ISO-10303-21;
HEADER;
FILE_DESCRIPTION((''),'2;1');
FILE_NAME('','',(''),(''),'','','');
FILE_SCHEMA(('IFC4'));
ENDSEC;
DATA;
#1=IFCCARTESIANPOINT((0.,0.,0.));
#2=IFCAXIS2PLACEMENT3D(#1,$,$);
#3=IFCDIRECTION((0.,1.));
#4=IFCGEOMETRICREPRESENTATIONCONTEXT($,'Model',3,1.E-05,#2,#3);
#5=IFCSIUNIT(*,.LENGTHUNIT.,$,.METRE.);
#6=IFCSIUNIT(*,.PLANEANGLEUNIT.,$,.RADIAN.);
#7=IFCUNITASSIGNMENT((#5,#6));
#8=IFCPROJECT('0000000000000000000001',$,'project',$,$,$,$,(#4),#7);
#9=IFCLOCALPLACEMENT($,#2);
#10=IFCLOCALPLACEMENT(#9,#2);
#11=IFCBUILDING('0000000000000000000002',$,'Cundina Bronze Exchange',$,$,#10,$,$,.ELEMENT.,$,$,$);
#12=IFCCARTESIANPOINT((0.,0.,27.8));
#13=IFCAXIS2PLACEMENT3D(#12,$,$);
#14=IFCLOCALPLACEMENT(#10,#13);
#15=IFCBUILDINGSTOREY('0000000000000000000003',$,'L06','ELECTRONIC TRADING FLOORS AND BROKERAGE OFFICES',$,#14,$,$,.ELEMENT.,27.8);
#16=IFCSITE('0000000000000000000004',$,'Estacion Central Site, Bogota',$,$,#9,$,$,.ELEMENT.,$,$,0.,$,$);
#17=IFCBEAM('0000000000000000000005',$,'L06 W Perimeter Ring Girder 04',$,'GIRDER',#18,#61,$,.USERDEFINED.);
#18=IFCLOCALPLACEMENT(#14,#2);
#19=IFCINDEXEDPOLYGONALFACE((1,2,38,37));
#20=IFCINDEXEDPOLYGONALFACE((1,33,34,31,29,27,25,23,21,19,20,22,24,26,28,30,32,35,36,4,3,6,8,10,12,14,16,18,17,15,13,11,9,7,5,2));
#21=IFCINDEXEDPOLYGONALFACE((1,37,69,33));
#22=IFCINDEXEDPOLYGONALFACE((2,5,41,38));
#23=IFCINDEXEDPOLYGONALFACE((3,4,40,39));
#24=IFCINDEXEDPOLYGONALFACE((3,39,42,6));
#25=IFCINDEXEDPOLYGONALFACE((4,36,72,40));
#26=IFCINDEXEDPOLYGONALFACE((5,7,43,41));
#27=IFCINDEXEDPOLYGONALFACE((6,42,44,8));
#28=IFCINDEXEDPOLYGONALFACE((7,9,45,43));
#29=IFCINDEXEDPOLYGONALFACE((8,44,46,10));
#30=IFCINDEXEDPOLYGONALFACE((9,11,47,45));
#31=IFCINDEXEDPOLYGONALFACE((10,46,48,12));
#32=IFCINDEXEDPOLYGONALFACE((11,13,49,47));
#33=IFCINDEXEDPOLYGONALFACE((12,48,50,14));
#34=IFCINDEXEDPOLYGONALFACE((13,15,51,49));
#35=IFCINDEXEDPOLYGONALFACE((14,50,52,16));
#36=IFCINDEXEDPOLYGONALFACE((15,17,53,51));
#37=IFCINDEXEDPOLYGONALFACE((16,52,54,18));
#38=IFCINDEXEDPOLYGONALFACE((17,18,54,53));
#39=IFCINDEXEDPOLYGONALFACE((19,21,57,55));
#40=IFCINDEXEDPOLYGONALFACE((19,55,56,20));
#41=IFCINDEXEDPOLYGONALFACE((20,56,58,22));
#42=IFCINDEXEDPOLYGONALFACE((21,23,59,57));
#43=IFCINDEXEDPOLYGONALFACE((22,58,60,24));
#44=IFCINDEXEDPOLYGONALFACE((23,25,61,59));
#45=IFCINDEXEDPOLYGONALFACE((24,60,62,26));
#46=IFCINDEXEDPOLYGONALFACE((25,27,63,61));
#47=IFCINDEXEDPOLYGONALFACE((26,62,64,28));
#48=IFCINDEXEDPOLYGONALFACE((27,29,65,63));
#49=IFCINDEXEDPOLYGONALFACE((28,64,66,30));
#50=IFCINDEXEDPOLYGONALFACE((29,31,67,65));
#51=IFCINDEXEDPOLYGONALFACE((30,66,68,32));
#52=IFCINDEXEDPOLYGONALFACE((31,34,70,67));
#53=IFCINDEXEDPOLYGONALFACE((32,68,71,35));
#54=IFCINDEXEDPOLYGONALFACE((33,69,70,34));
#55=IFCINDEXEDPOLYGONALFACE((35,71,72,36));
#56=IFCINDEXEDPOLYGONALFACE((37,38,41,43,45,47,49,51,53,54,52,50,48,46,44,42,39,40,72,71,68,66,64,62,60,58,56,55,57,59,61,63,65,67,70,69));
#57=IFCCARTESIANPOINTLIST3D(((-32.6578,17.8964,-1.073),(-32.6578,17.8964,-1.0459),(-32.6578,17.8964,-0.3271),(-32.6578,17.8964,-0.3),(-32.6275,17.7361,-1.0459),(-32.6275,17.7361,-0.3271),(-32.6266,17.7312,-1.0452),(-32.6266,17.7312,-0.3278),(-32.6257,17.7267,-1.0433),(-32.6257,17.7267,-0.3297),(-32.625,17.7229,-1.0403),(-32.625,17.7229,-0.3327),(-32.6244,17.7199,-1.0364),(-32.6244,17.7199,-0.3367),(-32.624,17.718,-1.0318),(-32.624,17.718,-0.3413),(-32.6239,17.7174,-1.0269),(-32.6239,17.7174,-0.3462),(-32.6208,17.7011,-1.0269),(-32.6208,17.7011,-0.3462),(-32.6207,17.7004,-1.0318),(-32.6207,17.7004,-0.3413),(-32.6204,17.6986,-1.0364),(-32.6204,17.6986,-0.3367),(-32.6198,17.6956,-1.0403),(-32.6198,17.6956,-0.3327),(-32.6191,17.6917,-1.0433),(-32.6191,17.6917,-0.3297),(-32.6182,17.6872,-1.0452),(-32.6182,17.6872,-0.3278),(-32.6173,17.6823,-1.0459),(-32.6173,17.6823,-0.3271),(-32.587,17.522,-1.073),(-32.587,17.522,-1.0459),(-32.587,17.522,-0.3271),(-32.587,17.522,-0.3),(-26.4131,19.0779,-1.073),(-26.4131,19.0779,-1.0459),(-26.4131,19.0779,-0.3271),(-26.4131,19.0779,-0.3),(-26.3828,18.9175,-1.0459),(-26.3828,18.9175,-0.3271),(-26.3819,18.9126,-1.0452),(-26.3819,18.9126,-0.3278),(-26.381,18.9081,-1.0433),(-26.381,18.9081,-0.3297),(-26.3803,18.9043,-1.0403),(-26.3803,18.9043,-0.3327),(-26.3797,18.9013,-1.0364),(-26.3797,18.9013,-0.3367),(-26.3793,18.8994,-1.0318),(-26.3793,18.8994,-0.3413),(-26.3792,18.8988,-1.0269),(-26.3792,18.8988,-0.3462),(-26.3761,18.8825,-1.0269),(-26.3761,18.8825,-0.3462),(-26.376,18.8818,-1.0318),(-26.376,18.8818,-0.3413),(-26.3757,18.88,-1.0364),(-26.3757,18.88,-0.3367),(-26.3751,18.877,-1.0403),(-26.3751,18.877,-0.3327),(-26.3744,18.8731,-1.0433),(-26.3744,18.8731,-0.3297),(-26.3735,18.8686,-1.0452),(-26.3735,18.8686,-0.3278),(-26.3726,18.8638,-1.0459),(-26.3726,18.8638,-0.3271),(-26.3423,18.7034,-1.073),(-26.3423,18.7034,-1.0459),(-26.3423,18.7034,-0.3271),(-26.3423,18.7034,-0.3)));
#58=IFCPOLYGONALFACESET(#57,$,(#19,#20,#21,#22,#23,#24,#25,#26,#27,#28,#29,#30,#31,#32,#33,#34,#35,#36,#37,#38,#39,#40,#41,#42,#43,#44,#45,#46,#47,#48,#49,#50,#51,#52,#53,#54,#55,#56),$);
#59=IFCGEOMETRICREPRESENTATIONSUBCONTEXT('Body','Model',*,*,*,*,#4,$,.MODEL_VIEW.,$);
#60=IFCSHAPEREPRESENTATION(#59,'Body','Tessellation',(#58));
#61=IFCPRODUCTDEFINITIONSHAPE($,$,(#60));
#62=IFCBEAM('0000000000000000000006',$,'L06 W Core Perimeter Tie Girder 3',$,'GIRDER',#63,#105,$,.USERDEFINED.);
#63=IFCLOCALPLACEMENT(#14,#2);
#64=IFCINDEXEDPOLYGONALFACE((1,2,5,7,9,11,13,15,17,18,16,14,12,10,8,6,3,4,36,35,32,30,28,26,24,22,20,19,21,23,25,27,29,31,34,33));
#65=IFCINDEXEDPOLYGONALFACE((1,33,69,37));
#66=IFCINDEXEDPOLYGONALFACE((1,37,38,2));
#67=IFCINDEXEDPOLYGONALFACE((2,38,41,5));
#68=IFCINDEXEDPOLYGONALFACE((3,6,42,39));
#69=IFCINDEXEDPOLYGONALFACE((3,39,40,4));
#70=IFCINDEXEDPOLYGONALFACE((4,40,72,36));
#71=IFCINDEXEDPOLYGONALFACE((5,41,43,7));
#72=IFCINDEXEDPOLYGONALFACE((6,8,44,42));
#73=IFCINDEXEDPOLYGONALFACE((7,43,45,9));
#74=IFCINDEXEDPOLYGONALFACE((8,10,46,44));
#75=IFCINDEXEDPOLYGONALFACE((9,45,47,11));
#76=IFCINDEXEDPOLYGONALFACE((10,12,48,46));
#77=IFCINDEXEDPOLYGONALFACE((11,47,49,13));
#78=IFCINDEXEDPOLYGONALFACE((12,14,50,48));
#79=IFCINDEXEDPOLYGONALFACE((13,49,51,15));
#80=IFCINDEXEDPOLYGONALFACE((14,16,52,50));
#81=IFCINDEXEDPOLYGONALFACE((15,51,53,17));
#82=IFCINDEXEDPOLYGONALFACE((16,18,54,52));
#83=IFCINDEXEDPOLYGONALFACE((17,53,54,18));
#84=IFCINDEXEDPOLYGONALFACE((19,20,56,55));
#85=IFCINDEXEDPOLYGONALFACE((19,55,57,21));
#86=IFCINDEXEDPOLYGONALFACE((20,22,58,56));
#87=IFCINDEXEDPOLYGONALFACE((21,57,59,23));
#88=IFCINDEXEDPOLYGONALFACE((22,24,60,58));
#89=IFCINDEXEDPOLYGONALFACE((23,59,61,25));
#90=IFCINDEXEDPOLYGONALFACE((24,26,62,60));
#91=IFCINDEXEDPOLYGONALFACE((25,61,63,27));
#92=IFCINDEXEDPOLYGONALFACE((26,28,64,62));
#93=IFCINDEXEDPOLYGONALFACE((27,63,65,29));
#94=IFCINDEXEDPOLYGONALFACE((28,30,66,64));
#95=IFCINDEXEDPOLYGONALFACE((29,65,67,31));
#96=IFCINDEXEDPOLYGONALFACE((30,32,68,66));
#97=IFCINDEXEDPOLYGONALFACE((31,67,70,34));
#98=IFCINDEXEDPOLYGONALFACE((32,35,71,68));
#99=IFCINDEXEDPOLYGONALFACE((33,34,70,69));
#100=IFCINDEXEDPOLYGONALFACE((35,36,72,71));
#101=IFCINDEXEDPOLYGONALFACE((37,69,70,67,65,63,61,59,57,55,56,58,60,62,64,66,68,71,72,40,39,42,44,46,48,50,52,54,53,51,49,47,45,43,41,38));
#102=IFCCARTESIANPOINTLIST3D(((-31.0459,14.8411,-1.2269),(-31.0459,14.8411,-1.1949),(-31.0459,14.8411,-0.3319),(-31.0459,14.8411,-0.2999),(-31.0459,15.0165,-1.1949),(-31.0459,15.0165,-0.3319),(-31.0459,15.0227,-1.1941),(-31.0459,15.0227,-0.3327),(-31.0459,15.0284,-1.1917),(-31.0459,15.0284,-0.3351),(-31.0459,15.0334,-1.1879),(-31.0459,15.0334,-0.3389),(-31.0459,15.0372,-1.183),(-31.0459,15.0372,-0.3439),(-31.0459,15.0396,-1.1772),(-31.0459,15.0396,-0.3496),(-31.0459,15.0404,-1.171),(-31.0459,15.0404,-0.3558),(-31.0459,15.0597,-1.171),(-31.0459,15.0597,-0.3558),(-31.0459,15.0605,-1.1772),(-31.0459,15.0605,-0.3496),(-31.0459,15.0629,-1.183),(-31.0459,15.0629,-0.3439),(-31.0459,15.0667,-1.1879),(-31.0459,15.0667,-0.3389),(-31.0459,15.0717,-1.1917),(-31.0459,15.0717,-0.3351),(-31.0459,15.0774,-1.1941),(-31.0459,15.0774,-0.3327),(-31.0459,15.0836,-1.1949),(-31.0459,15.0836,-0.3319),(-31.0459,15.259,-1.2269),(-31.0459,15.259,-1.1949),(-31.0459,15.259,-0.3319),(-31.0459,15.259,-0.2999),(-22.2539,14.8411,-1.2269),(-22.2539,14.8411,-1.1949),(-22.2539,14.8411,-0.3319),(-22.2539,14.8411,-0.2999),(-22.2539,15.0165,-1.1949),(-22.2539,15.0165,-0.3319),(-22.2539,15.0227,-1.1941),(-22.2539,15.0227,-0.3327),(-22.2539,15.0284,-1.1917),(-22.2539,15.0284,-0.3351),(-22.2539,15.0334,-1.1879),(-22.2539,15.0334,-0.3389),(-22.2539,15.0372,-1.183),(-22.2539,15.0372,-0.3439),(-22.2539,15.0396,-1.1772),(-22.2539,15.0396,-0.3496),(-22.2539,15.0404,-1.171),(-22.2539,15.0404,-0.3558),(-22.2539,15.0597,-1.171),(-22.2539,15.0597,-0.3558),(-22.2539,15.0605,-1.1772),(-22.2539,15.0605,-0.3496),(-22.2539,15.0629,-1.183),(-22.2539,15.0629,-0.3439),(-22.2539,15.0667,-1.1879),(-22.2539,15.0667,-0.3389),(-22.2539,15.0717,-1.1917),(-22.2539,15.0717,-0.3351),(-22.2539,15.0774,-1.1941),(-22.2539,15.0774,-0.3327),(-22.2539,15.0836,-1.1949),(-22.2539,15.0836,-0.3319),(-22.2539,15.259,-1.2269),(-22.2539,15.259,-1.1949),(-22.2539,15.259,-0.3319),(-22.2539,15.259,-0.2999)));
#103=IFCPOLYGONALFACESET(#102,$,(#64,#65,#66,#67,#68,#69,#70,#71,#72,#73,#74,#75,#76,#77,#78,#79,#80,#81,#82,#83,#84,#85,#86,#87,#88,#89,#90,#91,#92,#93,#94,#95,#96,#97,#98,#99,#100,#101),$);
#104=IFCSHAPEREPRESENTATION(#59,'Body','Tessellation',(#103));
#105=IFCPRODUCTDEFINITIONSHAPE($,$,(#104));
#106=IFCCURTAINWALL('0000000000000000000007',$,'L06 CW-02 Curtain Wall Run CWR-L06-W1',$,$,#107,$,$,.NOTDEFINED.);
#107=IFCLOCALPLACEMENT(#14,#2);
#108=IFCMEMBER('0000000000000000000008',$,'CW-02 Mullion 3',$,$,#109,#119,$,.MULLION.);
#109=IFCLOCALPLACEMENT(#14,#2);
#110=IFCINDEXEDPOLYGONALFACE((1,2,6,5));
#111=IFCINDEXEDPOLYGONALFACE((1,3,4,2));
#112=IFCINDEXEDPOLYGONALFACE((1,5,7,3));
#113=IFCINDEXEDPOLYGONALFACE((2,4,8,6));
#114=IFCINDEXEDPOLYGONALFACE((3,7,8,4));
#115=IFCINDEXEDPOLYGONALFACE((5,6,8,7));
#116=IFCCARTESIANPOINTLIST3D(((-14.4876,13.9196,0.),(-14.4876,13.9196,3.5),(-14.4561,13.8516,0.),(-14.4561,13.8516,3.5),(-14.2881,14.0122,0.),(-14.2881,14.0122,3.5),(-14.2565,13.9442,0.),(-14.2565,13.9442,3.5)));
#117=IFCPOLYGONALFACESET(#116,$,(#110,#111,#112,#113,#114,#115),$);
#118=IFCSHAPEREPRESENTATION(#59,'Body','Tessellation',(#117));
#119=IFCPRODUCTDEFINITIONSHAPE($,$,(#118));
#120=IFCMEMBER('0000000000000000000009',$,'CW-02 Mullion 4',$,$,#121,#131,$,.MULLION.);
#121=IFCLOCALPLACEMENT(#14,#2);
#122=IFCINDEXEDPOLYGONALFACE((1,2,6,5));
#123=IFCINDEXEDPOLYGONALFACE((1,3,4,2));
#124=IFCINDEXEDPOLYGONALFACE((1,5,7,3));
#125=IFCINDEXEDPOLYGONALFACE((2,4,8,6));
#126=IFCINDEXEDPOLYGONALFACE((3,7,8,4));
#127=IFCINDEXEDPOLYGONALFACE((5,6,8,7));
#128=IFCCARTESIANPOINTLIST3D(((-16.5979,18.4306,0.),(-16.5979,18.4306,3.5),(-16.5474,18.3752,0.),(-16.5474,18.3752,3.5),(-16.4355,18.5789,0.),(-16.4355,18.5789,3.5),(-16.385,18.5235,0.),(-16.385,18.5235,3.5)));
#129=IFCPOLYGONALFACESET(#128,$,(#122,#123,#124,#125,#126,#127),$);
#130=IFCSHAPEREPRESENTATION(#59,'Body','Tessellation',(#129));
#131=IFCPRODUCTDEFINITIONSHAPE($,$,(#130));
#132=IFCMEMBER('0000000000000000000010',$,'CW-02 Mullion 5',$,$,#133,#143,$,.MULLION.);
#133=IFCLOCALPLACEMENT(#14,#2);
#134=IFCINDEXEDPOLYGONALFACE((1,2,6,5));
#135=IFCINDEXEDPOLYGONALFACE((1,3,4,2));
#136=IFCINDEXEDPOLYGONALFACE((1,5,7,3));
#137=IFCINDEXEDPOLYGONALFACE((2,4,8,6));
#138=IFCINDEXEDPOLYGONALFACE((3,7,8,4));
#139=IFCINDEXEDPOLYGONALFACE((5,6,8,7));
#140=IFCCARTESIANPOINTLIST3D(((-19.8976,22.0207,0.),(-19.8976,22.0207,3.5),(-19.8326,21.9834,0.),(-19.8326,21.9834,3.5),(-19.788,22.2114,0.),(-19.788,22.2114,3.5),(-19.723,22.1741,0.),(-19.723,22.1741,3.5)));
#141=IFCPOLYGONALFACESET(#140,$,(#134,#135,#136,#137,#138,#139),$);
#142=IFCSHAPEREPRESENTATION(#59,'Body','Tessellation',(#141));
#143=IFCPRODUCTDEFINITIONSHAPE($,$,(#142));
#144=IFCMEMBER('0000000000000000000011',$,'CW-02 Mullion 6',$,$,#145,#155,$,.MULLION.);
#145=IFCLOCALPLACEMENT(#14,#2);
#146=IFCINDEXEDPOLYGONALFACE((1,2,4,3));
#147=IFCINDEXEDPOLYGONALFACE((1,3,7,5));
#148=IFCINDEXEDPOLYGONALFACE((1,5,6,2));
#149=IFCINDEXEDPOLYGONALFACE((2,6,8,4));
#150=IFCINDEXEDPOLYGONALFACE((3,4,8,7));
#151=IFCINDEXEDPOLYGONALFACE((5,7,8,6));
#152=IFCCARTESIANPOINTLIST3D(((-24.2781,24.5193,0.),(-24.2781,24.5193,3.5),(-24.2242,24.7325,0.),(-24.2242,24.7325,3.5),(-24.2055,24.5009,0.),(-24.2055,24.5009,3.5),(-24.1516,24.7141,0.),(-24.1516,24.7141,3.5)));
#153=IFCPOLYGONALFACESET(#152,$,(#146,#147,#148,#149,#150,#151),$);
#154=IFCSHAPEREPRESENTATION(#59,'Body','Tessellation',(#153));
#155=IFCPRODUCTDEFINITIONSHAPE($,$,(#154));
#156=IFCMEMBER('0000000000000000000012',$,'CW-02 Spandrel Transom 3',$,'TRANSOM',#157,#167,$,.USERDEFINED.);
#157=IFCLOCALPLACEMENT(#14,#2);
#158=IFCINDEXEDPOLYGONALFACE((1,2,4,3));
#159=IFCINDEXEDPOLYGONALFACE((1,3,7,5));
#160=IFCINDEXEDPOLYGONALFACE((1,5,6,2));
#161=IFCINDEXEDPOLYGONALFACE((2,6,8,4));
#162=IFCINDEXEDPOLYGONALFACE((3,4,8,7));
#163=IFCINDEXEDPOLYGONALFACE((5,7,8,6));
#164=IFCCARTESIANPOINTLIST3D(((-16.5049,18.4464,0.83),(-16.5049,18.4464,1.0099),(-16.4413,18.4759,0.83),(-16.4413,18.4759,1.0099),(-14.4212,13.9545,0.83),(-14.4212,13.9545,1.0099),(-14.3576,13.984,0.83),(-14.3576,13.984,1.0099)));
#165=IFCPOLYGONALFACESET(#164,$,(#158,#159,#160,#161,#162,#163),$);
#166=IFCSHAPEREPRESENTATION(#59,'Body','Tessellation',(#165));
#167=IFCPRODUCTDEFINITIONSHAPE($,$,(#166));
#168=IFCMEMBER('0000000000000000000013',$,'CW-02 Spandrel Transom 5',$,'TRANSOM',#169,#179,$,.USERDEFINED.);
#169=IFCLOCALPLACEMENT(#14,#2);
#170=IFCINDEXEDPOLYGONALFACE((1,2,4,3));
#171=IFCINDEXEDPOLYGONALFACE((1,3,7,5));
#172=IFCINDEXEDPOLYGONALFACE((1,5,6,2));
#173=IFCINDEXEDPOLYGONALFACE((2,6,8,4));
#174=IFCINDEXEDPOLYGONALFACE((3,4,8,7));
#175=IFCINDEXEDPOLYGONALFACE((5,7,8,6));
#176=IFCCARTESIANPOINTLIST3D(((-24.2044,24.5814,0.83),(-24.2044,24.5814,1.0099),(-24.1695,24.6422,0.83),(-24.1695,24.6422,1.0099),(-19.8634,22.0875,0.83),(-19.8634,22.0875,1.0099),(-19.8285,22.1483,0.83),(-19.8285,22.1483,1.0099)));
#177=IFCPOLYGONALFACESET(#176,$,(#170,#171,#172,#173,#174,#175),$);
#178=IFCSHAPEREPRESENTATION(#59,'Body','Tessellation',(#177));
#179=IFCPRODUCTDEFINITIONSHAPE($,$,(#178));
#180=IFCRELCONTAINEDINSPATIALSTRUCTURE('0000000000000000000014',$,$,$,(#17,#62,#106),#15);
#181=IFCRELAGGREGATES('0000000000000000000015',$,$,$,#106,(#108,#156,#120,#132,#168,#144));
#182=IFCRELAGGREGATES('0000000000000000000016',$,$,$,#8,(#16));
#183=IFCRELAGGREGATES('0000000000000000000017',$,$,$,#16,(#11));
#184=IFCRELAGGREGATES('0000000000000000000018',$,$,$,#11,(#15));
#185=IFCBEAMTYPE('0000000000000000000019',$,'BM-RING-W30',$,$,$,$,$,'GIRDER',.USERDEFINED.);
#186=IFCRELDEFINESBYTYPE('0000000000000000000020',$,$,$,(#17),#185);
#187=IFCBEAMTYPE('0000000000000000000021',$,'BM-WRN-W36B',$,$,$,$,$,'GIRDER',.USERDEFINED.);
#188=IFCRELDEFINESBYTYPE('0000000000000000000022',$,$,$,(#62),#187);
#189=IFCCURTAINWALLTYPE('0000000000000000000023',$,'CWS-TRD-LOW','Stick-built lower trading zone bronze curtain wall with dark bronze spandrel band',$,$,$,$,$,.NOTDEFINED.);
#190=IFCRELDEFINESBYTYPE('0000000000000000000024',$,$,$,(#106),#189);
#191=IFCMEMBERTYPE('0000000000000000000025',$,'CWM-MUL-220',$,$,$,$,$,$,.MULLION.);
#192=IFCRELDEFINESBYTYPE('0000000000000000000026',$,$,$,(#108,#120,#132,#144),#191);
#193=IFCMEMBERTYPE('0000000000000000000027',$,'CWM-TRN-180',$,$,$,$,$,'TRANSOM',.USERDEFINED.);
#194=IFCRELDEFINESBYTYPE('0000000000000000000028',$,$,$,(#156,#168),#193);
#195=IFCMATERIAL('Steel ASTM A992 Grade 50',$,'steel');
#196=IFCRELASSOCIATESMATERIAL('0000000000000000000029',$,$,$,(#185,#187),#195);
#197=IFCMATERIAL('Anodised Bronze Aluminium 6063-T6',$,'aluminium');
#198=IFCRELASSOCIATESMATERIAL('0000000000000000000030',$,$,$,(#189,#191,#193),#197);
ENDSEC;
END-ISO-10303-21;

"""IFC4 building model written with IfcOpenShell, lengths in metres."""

from ifc_helpers import new_model, si_unit, direction, frame, origin, origin_2d, place, context, subcontext, project, spatial, rectangle, i_section, extrude, material, material_profile, profile_set, type_object, element, aggregate, save


model = new_model("IFC4")

# Units and contexts
model_context = context("Model", 3, precision=1e-05, world=origin(), true_north=direction((0.0, 1.0)))
body_context = subcontext(model_context, "Body", "Model", "MODEL_VIEW")
ifc_project = project(units=[si_unit("LENGTHUNIT", "METRE"), si_unit("PLANEANGLEUNIT", "RADIAN")], contexts=[model_context])

# Site, building, storey
site_placement = place(None, origin())
site = spatial("IfcSite", under=ifc_project, at=site_placement, Name="Estacion Central Site, Bogota", CompositionType="ELEMENT", RefElevation=0.0)
building_placement = place(site_placement, origin())
building = spatial("IfcBuilding", under=site, at=building_placement, Name="Cundina Bronze Exchange", CompositionType="ELEMENT")
storey_placement = place(building_placement, frame((0.0, 0.0, 27.8)))
storey = spatial("IfcBuildingStorey", under=building, at=storey_placement, Name="L06", Description="ELECTRONIC TRADING FLOORS AND BROKERAGE OFFICES", CompositionType="ELEMENT", Elevation=27.8)

# Shared definitions
ifc_material_1 = material(Name="Steel ASTM A992 Grade 50", Category="steel")

# Beams
ifc_material_profile_1 = material_profile(ifc_material_1, i_section(OverallWidth=0.3811, OverallDepth=0.7729, WebThickness=0.0166, FlangeThickness=0.0271, FilletRadius=0.019, at=origin_2d()), Name="W30X173", Category="steel")
ifc_profile_set_1 = profile_set([ifc_material_profile_1], Name="Steel ASTM A992 Grade 50")
beam_type_1 = type_object("IfcBeamType", Name="BM-RING-W30", ElementType="GIRDER", PredefinedType="USERDEFINED", material=ifc_profile_set_1)
beam_1_placement = place(storey_placement, frame((-26.3777, 18.8906, -0.6865), z_axis=(-0.982571, -0.185889, 0.0), x_axis=(0.185889, -0.982571, 0.0)))
element("IfcBeam", 1, at=beam_1_placement, inside=storey, type_object=beam_type_1, Name="L06 W Perimeter Ring Girder 04", ObjectType="GIRDER", PredefinedType="USERDEFINED", context=body_context, shape_type="SweptSolid", body=[
    extrude(i_section(OverallWidth=0.3811, OverallDepth=0.7729, WebThickness=0.0166, FlangeThickness=0.0271, FilletRadius=0.019, at=origin_2d()), origin(), (0.0, 0.0, 1.0), 6.3555),
])
ifc_material_profile_2 = material_profile(ifc_material_1, i_section(OverallWidth=0.418, OverallDepth=0.927, WebThickness=0.0193, FlangeThickness=0.032, FilletRadius=0.0239, at=origin_2d()), Name="W36X231", Category="steel")
ifc_profile_set_2 = profile_set([ifc_material_profile_2], Name="Steel ASTM A992 Grade 50")
beam_type_2 = type_object("IfcBeamType", Name="BM-WRN-W36B", ElementType="GIRDER", PredefinedType="USERDEFINED", material=ifc_profile_set_2)
beam_2_placement = place(storey_placement, frame((-22.2539, 15.05, -0.7634), z_axis=(-1.0, 0.0, 0.0), x_axis=(0.0, -1.0, 0.0)))
element("IfcBeam", 2, at=beam_2_placement, inside=storey, type_object=beam_type_2, Name="L06 W Core Perimeter Tie Girder 3", ObjectType="GIRDER", PredefinedType="USERDEFINED", context=body_context, shape_type="SweptSolid", body=[
    extrude(i_section(OverallWidth=0.418, OverallDepth=0.927, WebThickness=0.0193, FlangeThickness=0.032, FilletRadius=0.0239, at=origin_2d()), origin(), (0.0, 0.0, 1.0), 8.792),
])

# Curtain wall, members
ifc_material_2 = material(Name="Anodised Bronze Aluminium 6063-T6", Category="aluminium")
curtain_wall_type = type_object("IfcCurtainWallType", Name="CWS-TRD-LOW", Description="Stick-built lower trading zone bronze curtain wall with dark bronze spandrel band", PredefinedType="NOTDEFINED", material=ifc_material_2)
curtain_wall_placement = place(storey_placement, origin())
curtain_wall = element("IfcCurtainWall", 3, at=curtain_wall_placement, inside=storey, type_object=curtain_wall_type, Name="L06 CW-02 Curtain Wall Run CWR-L06-W1", PredefinedType="NOTDEFINED")
ifc_material_profile_3 = material_profile(ifc_material_2, rectangle(XDim=0.075, YDim=0.22, at=origin_2d()), Name="AL75X220", Category="aluminium")
ifc_profile_set_3 = profile_set([ifc_material_profile_3], Name="Anodised Bronze Aluminium 6063-T6")
member_type_1 = type_object("IfcMemberType", Name="CWM-MUL-220", PredefinedType="MULLION", material=ifc_profile_set_3)
member_1_placement = place(storey_placement, frame((-14.3721, 13.9319, 0.0), z_axis=(0.0, 0.0, 1.0), x_axis=(-0.420877, 0.907117, 0.0)))
member_1 = element("IfcMember", 4, at=member_1_placement, type_object=member_type_1, Name="CW-02 Mullion 3", PredefinedType="MULLION", context=body_context, shape_type="SweptSolid", body=[
    extrude(rectangle(XDim=0.075, YDim=0.22, at=origin_2d()), origin(), (0.0, 0.0, 1.0), 3.5),
])
member_2_placement = place(storey_placement, frame((-16.4915, 18.4771, 0.0), z_axis=(0.0, 0.0, 1.0), x_axis=(-0.674302, 0.738455, 0.0)))
member_2 = element("IfcMember", 5, at=member_2_placement, type_object=member_type_1, Name="CW-02 Mullion 4", PredefinedType="MULLION", context=body_context, shape_type="SweptSolid", body=[
    extrude(rectangle(XDim=0.075, YDim=0.22, at=origin_2d()), origin(), (0.0, 0.0, 1.0), 3.5),
])
member_3_placement = place(storey_placement, frame((-19.8103, 22.0974, 0.0), z_axis=(0.0, 0.0, 1.0), x_axis=(-0.867071, 0.498185, 0.0)))
member_3 = element("IfcMember", 6, at=member_3_placement, type_object=member_type_1, Name="CW-02 Mullion 5", PredefinedType="MULLION", context=body_context, shape_type="SweptSolid", body=[
    extrude(rectangle(XDim=0.075, YDim=0.22, at=origin_2d()), origin(), (0.0, 0.0, 1.0), 3.5),
])
member_4_placement = place(storey_placement, frame((-24.2148, 24.6167, 0.0), z_axis=(0.0, 0.0, 1.0), x_axis=(-0.969488, 0.245138, 0.0)))
member_4 = element("IfcMember", 7, at=member_4_placement, type_object=member_type_1, Name="CW-02 Mullion 6", PredefinedType="MULLION", context=body_context, shape_type="SweptSolid", body=[
    extrude(rectangle(XDim=0.075, YDim=0.22, at=origin_2d()), origin(), (0.0, 0.0, 1.0), 3.5),
])
ifc_material_profile_4 = material_profile(ifc_material_2, rectangle(XDim=0.0701, YDim=0.1799, at=origin_2d()), Name="AL70X180", Category="aluminium")
ifc_profile_set_4 = profile_set([ifc_material_profile_4], Name="Anodised Bronze Aluminium 6063-T6")
member_type_2 = type_object("IfcMemberType", Name="CWM-TRN-180", ElementType="TRANSOM", PredefinedType="USERDEFINED", material=ifc_profile_set_4)
member_5_placement = place(storey_placement, frame((-14.3894, 13.9692, 0.9199), z_axis=(-0.420811, 0.907148, 0.0), x_axis=(-0.907148, -0.420811, 0.0)))
member_5 = element("IfcMember", 8, at=member_5_placement, type_object=member_type_2, Name="CW-02 Spandrel Transom 3", ObjectType="TRANSOM", PredefinedType="USERDEFINED", context=body_context, shape_type="SweptSolid", body=[
    extrude(rectangle(XDim=0.0701, YDim=0.1799, at=origin_2d()), origin(), (0.0, 0.0, 1.0), 4.9517),
])
member_6_placement = place(storey_placement, frame((-19.8459, 22.1179, 0.9199), z_axis=(-0.867097, 0.498139, 0.0), x_axis=(-0.498139, -0.867097, 0.0)))
member_6 = element("IfcMember", 9, at=member_6_placement, type_object=member_type_2, Name="CW-02 Spandrel Transom 5", ObjectType="TRANSOM", PredefinedType="USERDEFINED", context=body_context, shape_type="SweptSolid", body=[
    extrude(rectangle(XDim=0.0701, YDim=0.1799, at=origin_2d()), origin(), (0.0, 0.0, 1.0), 5.0063),
])
aggregate(curtain_wall, [member_1, member_5, member_2, member_3, member_6, member_4])

save(model, "model.ifc")
